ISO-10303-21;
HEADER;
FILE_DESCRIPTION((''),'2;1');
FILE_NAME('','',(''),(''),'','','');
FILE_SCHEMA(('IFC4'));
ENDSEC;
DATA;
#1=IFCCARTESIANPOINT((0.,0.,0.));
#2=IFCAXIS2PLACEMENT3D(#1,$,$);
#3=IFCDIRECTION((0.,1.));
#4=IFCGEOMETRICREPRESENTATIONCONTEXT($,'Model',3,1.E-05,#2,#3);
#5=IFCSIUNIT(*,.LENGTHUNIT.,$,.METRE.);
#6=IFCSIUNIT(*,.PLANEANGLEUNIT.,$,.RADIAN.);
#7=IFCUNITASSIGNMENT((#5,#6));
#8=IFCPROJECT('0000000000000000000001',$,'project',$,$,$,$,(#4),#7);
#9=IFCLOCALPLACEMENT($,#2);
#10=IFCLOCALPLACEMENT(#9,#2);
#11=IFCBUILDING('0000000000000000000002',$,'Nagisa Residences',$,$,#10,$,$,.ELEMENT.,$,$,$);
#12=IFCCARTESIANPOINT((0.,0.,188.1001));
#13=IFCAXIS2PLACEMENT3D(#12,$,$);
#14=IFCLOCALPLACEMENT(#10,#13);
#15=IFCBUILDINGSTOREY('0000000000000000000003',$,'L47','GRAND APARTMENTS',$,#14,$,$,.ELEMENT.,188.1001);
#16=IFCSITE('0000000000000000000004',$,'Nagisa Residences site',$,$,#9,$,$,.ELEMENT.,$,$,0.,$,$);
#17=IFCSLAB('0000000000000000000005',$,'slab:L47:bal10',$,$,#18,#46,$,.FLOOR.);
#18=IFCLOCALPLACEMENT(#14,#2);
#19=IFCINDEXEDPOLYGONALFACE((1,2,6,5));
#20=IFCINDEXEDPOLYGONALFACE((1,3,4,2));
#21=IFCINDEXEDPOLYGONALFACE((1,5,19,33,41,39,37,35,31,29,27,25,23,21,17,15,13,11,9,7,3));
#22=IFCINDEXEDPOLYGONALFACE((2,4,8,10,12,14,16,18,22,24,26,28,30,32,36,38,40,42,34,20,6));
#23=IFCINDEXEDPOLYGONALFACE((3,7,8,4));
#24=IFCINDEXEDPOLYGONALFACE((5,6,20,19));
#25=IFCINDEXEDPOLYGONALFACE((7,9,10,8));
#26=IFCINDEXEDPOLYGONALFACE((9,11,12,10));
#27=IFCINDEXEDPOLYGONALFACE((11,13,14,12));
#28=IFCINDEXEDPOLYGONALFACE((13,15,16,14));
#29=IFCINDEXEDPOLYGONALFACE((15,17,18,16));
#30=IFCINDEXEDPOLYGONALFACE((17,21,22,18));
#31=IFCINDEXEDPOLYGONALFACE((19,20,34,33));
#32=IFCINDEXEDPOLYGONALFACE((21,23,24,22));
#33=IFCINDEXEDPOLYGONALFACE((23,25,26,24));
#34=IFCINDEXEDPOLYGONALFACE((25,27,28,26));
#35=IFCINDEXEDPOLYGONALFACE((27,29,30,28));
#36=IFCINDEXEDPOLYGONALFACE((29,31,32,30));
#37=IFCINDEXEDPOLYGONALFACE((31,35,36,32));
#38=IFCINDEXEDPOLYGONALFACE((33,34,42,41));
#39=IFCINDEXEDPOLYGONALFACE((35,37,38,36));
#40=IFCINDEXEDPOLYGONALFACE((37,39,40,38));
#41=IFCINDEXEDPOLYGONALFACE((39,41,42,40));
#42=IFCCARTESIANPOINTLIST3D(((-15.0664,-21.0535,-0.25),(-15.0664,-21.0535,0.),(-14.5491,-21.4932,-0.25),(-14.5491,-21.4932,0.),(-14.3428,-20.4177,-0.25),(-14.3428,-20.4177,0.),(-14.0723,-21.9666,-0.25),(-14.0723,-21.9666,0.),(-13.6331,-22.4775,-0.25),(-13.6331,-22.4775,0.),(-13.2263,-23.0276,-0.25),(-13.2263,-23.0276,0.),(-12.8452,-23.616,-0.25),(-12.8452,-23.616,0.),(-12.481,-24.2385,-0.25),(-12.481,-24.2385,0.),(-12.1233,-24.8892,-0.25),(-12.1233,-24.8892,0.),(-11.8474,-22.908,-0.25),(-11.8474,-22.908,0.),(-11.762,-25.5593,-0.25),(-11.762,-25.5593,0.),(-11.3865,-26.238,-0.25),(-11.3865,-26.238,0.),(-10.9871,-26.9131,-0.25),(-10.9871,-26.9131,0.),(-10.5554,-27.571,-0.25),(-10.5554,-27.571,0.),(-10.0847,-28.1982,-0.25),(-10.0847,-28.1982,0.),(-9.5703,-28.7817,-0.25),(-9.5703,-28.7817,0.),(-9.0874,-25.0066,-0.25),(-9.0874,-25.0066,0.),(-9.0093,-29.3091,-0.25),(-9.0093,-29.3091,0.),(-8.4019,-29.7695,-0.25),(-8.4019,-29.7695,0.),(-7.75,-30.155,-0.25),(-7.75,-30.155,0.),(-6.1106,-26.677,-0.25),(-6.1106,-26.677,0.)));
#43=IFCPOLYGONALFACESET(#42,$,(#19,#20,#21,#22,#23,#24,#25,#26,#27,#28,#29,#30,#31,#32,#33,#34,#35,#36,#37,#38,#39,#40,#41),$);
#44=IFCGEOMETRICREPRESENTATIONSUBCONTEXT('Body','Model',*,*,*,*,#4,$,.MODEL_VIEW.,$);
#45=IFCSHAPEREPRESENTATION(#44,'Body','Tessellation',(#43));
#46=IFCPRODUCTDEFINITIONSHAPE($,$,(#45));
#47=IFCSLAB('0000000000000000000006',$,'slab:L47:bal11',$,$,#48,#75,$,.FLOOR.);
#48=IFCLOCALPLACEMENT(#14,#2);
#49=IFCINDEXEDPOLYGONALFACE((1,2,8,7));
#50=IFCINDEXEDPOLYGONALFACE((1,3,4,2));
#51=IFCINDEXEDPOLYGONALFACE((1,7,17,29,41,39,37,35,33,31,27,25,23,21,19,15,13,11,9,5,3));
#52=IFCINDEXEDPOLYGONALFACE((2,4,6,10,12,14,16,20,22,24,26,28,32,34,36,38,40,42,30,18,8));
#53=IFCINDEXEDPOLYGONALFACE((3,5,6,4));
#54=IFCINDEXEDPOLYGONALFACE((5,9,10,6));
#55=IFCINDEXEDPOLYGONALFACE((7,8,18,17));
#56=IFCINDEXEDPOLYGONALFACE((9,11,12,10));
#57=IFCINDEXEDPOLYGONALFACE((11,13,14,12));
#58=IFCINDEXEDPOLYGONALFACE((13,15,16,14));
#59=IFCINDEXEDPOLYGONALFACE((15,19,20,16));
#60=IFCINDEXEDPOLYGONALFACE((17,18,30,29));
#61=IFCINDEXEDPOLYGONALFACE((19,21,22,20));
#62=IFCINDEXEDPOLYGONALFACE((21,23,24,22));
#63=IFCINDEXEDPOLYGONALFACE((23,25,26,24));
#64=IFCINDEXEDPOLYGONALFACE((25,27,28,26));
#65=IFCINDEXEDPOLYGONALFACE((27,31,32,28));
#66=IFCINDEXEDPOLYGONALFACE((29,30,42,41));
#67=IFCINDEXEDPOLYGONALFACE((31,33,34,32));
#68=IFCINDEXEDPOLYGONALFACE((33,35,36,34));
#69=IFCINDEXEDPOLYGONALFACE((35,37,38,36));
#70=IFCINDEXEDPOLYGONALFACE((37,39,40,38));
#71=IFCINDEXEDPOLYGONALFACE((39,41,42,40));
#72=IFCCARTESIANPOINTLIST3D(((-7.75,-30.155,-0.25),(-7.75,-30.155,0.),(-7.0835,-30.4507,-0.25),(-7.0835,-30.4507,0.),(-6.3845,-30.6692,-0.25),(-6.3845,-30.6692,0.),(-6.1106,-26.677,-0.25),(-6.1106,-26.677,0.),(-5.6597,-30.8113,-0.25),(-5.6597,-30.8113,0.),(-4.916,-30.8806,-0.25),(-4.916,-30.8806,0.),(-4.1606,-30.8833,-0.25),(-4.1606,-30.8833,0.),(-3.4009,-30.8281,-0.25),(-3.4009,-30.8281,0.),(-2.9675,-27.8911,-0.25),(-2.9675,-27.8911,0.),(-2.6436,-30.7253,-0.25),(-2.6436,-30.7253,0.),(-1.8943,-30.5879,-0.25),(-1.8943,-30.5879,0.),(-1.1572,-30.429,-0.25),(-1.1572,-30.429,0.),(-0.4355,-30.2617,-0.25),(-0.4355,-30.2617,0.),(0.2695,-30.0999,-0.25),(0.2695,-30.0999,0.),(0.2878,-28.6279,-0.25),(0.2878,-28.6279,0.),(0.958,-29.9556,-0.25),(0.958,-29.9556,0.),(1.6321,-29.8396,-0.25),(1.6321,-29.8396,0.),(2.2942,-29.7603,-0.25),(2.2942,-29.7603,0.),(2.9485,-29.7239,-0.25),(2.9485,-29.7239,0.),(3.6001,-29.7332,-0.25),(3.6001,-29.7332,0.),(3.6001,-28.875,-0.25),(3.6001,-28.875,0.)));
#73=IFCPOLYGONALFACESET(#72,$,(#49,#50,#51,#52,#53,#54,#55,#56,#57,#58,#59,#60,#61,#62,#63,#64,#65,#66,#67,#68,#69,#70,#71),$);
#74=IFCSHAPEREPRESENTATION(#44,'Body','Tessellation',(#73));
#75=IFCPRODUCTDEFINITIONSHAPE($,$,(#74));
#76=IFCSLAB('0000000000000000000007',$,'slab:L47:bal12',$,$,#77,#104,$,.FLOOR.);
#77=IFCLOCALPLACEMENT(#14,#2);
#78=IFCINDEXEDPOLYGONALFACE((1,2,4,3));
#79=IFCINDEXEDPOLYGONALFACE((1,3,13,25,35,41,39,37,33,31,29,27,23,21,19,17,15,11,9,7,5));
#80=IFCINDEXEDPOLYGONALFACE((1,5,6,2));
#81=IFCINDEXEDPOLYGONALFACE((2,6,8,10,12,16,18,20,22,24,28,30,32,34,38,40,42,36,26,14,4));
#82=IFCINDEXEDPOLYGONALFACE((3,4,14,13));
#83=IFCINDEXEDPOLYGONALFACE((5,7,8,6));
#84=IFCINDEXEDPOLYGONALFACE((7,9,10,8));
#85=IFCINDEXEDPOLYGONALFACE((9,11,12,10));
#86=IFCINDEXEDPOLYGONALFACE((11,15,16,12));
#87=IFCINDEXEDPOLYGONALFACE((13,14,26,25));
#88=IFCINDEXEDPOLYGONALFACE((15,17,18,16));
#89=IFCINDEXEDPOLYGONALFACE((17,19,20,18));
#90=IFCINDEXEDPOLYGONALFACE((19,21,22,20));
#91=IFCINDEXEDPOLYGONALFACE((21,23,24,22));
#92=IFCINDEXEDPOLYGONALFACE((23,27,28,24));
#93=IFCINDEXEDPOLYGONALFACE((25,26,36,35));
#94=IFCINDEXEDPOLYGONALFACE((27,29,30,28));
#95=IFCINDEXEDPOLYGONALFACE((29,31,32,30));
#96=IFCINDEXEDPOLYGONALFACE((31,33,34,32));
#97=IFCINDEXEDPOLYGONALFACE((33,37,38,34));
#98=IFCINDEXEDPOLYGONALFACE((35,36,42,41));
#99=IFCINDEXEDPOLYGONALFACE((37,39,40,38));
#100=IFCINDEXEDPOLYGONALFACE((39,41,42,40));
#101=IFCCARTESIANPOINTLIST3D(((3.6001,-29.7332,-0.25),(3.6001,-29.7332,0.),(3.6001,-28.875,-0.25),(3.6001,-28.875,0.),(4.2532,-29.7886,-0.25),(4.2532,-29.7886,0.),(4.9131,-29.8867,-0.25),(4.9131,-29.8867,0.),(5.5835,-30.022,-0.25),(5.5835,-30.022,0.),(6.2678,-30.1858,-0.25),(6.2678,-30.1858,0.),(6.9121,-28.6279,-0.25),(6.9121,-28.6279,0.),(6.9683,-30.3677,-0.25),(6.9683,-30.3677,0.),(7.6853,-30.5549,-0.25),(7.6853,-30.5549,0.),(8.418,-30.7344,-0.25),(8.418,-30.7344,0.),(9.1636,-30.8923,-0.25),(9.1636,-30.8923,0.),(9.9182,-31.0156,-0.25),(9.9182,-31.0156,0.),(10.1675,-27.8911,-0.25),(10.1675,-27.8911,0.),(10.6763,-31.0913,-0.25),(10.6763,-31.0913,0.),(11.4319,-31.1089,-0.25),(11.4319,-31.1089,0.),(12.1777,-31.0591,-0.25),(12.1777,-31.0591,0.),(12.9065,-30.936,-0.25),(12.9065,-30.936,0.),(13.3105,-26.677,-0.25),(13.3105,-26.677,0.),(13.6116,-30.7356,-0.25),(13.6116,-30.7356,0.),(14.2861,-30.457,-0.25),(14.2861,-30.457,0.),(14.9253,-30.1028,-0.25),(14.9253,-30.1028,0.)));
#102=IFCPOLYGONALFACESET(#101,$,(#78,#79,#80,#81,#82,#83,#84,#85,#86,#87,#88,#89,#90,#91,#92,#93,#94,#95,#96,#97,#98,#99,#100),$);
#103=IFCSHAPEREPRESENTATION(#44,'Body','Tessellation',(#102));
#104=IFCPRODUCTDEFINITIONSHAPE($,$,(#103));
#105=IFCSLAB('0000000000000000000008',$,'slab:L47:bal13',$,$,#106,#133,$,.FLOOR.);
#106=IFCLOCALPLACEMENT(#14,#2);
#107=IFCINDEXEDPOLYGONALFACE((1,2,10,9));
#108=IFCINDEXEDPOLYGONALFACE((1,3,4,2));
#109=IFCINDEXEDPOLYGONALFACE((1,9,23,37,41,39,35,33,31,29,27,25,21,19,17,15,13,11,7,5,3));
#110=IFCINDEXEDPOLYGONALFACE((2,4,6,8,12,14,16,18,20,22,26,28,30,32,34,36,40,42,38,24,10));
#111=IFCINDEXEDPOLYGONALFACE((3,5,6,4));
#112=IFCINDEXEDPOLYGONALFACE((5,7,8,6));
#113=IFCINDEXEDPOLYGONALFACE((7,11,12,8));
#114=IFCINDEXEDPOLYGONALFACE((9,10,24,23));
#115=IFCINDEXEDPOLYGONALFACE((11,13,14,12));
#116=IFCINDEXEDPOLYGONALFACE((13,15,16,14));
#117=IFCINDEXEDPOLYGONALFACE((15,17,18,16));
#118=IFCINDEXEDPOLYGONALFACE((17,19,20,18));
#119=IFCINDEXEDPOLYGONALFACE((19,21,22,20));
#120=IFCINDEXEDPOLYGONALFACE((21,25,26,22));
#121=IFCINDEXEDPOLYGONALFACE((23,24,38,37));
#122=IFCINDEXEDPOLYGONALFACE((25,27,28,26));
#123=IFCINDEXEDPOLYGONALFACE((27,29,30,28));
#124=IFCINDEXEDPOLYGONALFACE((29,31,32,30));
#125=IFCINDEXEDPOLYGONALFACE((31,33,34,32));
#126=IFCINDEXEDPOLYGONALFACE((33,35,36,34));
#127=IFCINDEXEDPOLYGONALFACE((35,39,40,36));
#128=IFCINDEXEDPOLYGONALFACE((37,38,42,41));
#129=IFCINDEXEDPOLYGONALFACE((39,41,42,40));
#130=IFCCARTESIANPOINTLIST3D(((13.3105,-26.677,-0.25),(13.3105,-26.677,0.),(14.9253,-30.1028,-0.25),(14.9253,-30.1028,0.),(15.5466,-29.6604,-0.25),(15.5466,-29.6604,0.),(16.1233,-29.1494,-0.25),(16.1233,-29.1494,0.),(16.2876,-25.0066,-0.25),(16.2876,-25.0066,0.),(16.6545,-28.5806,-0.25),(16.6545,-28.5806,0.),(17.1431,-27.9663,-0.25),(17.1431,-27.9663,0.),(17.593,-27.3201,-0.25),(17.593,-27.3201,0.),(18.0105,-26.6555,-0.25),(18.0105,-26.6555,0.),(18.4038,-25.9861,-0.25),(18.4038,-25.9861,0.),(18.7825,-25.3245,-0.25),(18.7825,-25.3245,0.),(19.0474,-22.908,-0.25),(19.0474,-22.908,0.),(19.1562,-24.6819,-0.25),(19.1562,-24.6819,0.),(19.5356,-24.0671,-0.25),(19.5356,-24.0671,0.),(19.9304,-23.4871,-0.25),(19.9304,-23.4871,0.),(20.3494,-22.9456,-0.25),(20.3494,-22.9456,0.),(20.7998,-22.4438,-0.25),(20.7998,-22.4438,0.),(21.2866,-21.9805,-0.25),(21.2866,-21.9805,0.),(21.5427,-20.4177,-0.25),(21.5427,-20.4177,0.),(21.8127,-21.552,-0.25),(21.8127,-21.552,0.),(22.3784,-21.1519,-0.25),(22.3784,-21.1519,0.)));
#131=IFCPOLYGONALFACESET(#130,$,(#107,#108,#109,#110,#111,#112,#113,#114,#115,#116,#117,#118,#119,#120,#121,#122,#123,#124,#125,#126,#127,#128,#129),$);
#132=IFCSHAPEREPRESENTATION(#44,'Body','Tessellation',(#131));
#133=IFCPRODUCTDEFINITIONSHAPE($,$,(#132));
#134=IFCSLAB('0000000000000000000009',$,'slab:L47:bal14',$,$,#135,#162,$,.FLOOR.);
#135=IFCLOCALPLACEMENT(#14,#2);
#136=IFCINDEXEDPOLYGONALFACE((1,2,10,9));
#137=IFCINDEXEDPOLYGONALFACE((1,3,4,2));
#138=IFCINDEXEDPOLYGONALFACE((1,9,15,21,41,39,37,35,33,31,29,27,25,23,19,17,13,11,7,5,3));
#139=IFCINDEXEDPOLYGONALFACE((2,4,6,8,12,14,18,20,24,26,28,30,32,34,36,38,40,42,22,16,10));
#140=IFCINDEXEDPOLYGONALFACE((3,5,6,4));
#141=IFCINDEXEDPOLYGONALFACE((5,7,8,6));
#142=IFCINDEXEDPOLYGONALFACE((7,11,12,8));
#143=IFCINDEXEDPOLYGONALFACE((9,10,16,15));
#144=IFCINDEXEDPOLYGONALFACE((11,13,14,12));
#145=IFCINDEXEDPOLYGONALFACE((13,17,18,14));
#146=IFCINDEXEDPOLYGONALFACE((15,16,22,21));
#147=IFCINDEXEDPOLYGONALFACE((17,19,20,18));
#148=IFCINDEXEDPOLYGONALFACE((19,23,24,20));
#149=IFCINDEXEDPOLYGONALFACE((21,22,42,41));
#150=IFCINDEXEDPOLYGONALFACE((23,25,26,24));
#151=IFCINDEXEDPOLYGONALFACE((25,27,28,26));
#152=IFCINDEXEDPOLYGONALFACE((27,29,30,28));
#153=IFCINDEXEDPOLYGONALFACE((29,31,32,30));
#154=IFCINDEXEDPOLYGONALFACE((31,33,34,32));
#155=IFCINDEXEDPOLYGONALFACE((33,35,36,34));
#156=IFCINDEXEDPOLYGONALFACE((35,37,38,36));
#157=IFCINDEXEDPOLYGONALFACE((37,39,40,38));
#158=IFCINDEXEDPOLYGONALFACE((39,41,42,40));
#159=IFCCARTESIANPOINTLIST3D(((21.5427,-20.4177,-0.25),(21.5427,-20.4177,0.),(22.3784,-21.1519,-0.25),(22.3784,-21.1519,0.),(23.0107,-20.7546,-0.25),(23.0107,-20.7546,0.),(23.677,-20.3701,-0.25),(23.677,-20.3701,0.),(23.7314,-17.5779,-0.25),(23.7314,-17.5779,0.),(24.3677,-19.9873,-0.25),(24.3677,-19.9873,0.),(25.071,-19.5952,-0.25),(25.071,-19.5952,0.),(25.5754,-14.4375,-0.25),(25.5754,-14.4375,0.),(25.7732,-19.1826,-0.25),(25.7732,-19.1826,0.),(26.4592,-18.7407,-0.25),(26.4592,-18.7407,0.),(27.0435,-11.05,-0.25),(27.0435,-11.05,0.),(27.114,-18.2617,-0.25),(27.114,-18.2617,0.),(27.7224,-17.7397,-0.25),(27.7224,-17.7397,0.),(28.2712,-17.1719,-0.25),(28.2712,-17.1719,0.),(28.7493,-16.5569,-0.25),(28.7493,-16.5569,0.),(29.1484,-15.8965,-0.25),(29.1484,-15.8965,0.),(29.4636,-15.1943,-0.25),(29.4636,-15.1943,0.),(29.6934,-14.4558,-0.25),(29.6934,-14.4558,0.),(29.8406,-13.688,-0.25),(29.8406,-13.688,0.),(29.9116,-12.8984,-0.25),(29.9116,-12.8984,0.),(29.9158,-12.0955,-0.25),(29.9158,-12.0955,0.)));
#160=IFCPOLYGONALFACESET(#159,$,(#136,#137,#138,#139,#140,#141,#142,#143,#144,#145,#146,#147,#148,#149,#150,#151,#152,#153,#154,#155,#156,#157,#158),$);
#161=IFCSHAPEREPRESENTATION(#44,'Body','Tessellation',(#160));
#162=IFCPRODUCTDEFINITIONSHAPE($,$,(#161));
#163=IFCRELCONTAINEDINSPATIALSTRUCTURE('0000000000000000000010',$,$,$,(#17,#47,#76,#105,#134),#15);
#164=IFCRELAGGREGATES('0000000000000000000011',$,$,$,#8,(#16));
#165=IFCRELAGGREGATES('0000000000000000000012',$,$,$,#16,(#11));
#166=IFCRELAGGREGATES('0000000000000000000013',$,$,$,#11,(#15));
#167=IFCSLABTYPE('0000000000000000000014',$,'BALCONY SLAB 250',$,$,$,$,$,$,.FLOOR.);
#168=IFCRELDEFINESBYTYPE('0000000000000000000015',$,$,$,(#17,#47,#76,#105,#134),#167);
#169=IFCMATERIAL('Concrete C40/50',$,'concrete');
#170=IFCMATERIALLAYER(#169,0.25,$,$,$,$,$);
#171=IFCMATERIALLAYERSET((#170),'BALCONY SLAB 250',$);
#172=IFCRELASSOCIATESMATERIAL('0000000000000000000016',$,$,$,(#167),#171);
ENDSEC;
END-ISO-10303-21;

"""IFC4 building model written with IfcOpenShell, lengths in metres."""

from ifc_helpers import new_model, si_unit, direction, frame, origin, place, context, subcontext, project, spatial, polyline, outline, extrude, material, layer, layer_set, type_object, element, save


model = new_model("IFC4")

# Units and contexts
model_context = context("Model", 3, precision=1e-05, world=origin(), true_north=direction((0.0, 1.0)))
body_context = subcontext(model_context, "Body", "Model", "MODEL_VIEW")
ifc_project = project(units=[si_unit("LENGTHUNIT", "METRE"), si_unit("PLANEANGLEUNIT", "RADIAN")], contexts=[model_context])

# Site, building, storey
site_placement = place(None, origin())
site = spatial("IfcSite", under=ifc_project, at=site_placement, Name="Nagisa Residences site", CompositionType="ELEMENT", RefElevation=0.0)
building_placement = place(site_placement, origin())
building = spatial("IfcBuilding", under=site, at=building_placement, Name="Nagisa Residences", CompositionType="ELEMENT")
storey_placement = place(building_placement, frame((0.0, 0.0, 188.1001)))
storey = spatial("IfcBuildingStorey", under=building, at=storey_placement, Name="L47", Description="GRAND APARTMENTS", CompositionType="ELEMENT", Elevation=188.1001)

# Slabs
ifc_material_1 = material(Name="Concrete C40/50", Category="concrete")
ifc_layer_1 = layer(ifc_material_1, 0.25)
ifc_layer_set_1 = layer_set([ifc_layer_1], Name="BALCONY SLAB 250")
slab_type_1 = type_object("IfcSlabType", Name="BALCONY SLAB 250", PredefinedType="FLOOR", material=ifc_layer_set_1)
slab_1_placement = place(storey_placement, frame((0.0, 0.0, -0.25)))
element("IfcSlab", 1, at=slab_1_placement, inside=storey, type_object=slab_type_1, Name="slab:L47:bal10", PredefinedType="FLOOR", context=body_context, shape_type="SweptSolid", body=[
    extrude(outline(polyline([(-15.0664, -21.0535), (-14.5491, -21.4932), (-14.0723, -21.9666), (-13.6331, -22.4775), (-13.2263, -23.0276), (-12.8452, -23.616), (-12.481, -24.2385), (-12.1233, -24.8892), (-11.762, -25.5593), (-11.3865, -26.238), (-10.9871, -26.9131), (-10.5554, -27.571), (-10.0847, -28.1982), (-9.5703, -28.7817), (-9.0093, -29.3091), (-8.4019, -29.7695), (-7.75, -30.155), (-6.1106, -26.677), (-9.0874, -25.0066), (-11.8474, -22.908), (-14.3428, -20.4177), (-15.0664, -21.0535)])), origin(), (0.0, 0.0, 1.0), 0.25),
])
slab_2_placement = place(storey_placement, frame((0.0, 0.0, -0.25)))
element("IfcSlab", 2, at=slab_2_placement, inside=storey, type_object=slab_type_1, Name="slab:L47:bal11", PredefinedType="FLOOR", context=body_context, shape_type="SweptSolid", body=[
    extrude(outline(polyline([(-7.75, -30.155), (-7.0835, -30.4507), (-6.3845, -30.6692), (-5.6597, -30.8113), (-4.916, -30.8806), (-4.1606, -30.8833), (-3.4009, -30.8281), (-2.6436, -30.7253), (-1.8943, -30.5879), (-1.1572, -30.429), (-0.4355, -30.2617), (0.2695, -30.0999), (0.958, -29.9556), (1.6321, -29.8396), (2.2942, -29.7603), (2.9485, -29.7239), (3.6001, -29.7332), (3.6001, -28.875), (0.2878, -28.6279), (-2.9675, -27.8911), (-6.1106, -26.677), (-7.75, -30.155)])), origin(), (0.0, 0.0, 1.0), 0.25),
])
slab_3_placement = place(storey_placement, frame((0.0, 0.0, -0.25)))
element("IfcSlab", 3, at=slab_3_placement, inside=storey, type_object=slab_type_1, Name="slab:L47:bal12", PredefinedType="FLOOR", context=body_context, shape_type="SweptSolid", body=[
    extrude(outline(polyline([(3.6001, -29.7332), (4.2532, -29.7886), (4.9131, -29.8867), (5.5835, -30.022), (6.2678, -30.1858), (6.9683, -30.3677), (7.6853, -30.5549), (8.418, -30.7344), (9.1636, -30.8923), (9.9182, -31.0156), (10.6763, -31.0913), (11.4319, -31.1089), (12.1777, -31.0591), (12.9065, -30.936), (13.6116, -30.7356), (14.2861, -30.457), (14.9253, -30.1028), (13.3105, -26.677), (10.1675, -27.8911), (6.9121, -28.6279), (3.6001, -28.875), (3.6001, -29.7332)])), origin(), (0.0, 0.0, 1.0), 0.25),
])
slab_4_placement = place(storey_placement, frame((0.0, 0.0, -0.25)))
element("IfcSlab", 4, at=slab_4_placement, inside=storey, type_object=slab_type_1, Name="slab:L47:bal13", PredefinedType="FLOOR", context=body_context, shape_type="SweptSolid", body=[
    extrude(outline(polyline([(14.9253, -30.1028), (15.5466, -29.6604), (16.1233, -29.1494), (16.6545, -28.5806), (17.1431, -27.9663), (17.593, -27.3201), (18.0105, -26.6555), (18.4038, -25.9861), (18.7825, -25.3245), (19.1562, -24.6819), (19.5356, -24.0671), (19.9304, -23.4871), (20.3494, -22.9456), (20.7998, -22.4438), (21.2866, -21.9805), (21.8127, -21.552), (22.3784, -21.1519), (21.5427, -20.4177), (19.0474, -22.908), (16.2876, -25.0066), (13.3105, -26.677), (14.9253, -30.1028)])), origin(), (0.0, 0.0, 1.0), 0.25),
])
slab_5_placement = place(storey_placement, frame((0.0, 0.0, -0.25)))
element("IfcSlab", 5, at=slab_5_placement, inside=storey, type_object=slab_type_1, Name="slab:L47:bal14", PredefinedType="FLOOR", context=body_context, shape_type="SweptSolid", body=[
    extrude(outline(polyline([(22.3784, -21.1519), (23.0107, -20.7546), (23.677, -20.3701), (24.3677, -19.9873), (25.071, -19.5952), (25.7732, -19.1826), (26.4592, -18.7407), (27.114, -18.2617), (27.7224, -17.7397), (28.2712, -17.1719), (28.7493, -16.5569), (29.1484, -15.8965), (29.4636, -15.1943), (29.6934, -14.4558), (29.8406, -13.688), (29.9116, -12.8984), (29.9158, -12.0955), (27.0435, -11.05), (25.5754, -14.4375), (23.7314, -17.5779), (21.5427, -20.4177), (22.3784, -21.1519)])), origin(), (0.0, 0.0, 1.0), 0.25),
])

save(model, "model.ifc")
